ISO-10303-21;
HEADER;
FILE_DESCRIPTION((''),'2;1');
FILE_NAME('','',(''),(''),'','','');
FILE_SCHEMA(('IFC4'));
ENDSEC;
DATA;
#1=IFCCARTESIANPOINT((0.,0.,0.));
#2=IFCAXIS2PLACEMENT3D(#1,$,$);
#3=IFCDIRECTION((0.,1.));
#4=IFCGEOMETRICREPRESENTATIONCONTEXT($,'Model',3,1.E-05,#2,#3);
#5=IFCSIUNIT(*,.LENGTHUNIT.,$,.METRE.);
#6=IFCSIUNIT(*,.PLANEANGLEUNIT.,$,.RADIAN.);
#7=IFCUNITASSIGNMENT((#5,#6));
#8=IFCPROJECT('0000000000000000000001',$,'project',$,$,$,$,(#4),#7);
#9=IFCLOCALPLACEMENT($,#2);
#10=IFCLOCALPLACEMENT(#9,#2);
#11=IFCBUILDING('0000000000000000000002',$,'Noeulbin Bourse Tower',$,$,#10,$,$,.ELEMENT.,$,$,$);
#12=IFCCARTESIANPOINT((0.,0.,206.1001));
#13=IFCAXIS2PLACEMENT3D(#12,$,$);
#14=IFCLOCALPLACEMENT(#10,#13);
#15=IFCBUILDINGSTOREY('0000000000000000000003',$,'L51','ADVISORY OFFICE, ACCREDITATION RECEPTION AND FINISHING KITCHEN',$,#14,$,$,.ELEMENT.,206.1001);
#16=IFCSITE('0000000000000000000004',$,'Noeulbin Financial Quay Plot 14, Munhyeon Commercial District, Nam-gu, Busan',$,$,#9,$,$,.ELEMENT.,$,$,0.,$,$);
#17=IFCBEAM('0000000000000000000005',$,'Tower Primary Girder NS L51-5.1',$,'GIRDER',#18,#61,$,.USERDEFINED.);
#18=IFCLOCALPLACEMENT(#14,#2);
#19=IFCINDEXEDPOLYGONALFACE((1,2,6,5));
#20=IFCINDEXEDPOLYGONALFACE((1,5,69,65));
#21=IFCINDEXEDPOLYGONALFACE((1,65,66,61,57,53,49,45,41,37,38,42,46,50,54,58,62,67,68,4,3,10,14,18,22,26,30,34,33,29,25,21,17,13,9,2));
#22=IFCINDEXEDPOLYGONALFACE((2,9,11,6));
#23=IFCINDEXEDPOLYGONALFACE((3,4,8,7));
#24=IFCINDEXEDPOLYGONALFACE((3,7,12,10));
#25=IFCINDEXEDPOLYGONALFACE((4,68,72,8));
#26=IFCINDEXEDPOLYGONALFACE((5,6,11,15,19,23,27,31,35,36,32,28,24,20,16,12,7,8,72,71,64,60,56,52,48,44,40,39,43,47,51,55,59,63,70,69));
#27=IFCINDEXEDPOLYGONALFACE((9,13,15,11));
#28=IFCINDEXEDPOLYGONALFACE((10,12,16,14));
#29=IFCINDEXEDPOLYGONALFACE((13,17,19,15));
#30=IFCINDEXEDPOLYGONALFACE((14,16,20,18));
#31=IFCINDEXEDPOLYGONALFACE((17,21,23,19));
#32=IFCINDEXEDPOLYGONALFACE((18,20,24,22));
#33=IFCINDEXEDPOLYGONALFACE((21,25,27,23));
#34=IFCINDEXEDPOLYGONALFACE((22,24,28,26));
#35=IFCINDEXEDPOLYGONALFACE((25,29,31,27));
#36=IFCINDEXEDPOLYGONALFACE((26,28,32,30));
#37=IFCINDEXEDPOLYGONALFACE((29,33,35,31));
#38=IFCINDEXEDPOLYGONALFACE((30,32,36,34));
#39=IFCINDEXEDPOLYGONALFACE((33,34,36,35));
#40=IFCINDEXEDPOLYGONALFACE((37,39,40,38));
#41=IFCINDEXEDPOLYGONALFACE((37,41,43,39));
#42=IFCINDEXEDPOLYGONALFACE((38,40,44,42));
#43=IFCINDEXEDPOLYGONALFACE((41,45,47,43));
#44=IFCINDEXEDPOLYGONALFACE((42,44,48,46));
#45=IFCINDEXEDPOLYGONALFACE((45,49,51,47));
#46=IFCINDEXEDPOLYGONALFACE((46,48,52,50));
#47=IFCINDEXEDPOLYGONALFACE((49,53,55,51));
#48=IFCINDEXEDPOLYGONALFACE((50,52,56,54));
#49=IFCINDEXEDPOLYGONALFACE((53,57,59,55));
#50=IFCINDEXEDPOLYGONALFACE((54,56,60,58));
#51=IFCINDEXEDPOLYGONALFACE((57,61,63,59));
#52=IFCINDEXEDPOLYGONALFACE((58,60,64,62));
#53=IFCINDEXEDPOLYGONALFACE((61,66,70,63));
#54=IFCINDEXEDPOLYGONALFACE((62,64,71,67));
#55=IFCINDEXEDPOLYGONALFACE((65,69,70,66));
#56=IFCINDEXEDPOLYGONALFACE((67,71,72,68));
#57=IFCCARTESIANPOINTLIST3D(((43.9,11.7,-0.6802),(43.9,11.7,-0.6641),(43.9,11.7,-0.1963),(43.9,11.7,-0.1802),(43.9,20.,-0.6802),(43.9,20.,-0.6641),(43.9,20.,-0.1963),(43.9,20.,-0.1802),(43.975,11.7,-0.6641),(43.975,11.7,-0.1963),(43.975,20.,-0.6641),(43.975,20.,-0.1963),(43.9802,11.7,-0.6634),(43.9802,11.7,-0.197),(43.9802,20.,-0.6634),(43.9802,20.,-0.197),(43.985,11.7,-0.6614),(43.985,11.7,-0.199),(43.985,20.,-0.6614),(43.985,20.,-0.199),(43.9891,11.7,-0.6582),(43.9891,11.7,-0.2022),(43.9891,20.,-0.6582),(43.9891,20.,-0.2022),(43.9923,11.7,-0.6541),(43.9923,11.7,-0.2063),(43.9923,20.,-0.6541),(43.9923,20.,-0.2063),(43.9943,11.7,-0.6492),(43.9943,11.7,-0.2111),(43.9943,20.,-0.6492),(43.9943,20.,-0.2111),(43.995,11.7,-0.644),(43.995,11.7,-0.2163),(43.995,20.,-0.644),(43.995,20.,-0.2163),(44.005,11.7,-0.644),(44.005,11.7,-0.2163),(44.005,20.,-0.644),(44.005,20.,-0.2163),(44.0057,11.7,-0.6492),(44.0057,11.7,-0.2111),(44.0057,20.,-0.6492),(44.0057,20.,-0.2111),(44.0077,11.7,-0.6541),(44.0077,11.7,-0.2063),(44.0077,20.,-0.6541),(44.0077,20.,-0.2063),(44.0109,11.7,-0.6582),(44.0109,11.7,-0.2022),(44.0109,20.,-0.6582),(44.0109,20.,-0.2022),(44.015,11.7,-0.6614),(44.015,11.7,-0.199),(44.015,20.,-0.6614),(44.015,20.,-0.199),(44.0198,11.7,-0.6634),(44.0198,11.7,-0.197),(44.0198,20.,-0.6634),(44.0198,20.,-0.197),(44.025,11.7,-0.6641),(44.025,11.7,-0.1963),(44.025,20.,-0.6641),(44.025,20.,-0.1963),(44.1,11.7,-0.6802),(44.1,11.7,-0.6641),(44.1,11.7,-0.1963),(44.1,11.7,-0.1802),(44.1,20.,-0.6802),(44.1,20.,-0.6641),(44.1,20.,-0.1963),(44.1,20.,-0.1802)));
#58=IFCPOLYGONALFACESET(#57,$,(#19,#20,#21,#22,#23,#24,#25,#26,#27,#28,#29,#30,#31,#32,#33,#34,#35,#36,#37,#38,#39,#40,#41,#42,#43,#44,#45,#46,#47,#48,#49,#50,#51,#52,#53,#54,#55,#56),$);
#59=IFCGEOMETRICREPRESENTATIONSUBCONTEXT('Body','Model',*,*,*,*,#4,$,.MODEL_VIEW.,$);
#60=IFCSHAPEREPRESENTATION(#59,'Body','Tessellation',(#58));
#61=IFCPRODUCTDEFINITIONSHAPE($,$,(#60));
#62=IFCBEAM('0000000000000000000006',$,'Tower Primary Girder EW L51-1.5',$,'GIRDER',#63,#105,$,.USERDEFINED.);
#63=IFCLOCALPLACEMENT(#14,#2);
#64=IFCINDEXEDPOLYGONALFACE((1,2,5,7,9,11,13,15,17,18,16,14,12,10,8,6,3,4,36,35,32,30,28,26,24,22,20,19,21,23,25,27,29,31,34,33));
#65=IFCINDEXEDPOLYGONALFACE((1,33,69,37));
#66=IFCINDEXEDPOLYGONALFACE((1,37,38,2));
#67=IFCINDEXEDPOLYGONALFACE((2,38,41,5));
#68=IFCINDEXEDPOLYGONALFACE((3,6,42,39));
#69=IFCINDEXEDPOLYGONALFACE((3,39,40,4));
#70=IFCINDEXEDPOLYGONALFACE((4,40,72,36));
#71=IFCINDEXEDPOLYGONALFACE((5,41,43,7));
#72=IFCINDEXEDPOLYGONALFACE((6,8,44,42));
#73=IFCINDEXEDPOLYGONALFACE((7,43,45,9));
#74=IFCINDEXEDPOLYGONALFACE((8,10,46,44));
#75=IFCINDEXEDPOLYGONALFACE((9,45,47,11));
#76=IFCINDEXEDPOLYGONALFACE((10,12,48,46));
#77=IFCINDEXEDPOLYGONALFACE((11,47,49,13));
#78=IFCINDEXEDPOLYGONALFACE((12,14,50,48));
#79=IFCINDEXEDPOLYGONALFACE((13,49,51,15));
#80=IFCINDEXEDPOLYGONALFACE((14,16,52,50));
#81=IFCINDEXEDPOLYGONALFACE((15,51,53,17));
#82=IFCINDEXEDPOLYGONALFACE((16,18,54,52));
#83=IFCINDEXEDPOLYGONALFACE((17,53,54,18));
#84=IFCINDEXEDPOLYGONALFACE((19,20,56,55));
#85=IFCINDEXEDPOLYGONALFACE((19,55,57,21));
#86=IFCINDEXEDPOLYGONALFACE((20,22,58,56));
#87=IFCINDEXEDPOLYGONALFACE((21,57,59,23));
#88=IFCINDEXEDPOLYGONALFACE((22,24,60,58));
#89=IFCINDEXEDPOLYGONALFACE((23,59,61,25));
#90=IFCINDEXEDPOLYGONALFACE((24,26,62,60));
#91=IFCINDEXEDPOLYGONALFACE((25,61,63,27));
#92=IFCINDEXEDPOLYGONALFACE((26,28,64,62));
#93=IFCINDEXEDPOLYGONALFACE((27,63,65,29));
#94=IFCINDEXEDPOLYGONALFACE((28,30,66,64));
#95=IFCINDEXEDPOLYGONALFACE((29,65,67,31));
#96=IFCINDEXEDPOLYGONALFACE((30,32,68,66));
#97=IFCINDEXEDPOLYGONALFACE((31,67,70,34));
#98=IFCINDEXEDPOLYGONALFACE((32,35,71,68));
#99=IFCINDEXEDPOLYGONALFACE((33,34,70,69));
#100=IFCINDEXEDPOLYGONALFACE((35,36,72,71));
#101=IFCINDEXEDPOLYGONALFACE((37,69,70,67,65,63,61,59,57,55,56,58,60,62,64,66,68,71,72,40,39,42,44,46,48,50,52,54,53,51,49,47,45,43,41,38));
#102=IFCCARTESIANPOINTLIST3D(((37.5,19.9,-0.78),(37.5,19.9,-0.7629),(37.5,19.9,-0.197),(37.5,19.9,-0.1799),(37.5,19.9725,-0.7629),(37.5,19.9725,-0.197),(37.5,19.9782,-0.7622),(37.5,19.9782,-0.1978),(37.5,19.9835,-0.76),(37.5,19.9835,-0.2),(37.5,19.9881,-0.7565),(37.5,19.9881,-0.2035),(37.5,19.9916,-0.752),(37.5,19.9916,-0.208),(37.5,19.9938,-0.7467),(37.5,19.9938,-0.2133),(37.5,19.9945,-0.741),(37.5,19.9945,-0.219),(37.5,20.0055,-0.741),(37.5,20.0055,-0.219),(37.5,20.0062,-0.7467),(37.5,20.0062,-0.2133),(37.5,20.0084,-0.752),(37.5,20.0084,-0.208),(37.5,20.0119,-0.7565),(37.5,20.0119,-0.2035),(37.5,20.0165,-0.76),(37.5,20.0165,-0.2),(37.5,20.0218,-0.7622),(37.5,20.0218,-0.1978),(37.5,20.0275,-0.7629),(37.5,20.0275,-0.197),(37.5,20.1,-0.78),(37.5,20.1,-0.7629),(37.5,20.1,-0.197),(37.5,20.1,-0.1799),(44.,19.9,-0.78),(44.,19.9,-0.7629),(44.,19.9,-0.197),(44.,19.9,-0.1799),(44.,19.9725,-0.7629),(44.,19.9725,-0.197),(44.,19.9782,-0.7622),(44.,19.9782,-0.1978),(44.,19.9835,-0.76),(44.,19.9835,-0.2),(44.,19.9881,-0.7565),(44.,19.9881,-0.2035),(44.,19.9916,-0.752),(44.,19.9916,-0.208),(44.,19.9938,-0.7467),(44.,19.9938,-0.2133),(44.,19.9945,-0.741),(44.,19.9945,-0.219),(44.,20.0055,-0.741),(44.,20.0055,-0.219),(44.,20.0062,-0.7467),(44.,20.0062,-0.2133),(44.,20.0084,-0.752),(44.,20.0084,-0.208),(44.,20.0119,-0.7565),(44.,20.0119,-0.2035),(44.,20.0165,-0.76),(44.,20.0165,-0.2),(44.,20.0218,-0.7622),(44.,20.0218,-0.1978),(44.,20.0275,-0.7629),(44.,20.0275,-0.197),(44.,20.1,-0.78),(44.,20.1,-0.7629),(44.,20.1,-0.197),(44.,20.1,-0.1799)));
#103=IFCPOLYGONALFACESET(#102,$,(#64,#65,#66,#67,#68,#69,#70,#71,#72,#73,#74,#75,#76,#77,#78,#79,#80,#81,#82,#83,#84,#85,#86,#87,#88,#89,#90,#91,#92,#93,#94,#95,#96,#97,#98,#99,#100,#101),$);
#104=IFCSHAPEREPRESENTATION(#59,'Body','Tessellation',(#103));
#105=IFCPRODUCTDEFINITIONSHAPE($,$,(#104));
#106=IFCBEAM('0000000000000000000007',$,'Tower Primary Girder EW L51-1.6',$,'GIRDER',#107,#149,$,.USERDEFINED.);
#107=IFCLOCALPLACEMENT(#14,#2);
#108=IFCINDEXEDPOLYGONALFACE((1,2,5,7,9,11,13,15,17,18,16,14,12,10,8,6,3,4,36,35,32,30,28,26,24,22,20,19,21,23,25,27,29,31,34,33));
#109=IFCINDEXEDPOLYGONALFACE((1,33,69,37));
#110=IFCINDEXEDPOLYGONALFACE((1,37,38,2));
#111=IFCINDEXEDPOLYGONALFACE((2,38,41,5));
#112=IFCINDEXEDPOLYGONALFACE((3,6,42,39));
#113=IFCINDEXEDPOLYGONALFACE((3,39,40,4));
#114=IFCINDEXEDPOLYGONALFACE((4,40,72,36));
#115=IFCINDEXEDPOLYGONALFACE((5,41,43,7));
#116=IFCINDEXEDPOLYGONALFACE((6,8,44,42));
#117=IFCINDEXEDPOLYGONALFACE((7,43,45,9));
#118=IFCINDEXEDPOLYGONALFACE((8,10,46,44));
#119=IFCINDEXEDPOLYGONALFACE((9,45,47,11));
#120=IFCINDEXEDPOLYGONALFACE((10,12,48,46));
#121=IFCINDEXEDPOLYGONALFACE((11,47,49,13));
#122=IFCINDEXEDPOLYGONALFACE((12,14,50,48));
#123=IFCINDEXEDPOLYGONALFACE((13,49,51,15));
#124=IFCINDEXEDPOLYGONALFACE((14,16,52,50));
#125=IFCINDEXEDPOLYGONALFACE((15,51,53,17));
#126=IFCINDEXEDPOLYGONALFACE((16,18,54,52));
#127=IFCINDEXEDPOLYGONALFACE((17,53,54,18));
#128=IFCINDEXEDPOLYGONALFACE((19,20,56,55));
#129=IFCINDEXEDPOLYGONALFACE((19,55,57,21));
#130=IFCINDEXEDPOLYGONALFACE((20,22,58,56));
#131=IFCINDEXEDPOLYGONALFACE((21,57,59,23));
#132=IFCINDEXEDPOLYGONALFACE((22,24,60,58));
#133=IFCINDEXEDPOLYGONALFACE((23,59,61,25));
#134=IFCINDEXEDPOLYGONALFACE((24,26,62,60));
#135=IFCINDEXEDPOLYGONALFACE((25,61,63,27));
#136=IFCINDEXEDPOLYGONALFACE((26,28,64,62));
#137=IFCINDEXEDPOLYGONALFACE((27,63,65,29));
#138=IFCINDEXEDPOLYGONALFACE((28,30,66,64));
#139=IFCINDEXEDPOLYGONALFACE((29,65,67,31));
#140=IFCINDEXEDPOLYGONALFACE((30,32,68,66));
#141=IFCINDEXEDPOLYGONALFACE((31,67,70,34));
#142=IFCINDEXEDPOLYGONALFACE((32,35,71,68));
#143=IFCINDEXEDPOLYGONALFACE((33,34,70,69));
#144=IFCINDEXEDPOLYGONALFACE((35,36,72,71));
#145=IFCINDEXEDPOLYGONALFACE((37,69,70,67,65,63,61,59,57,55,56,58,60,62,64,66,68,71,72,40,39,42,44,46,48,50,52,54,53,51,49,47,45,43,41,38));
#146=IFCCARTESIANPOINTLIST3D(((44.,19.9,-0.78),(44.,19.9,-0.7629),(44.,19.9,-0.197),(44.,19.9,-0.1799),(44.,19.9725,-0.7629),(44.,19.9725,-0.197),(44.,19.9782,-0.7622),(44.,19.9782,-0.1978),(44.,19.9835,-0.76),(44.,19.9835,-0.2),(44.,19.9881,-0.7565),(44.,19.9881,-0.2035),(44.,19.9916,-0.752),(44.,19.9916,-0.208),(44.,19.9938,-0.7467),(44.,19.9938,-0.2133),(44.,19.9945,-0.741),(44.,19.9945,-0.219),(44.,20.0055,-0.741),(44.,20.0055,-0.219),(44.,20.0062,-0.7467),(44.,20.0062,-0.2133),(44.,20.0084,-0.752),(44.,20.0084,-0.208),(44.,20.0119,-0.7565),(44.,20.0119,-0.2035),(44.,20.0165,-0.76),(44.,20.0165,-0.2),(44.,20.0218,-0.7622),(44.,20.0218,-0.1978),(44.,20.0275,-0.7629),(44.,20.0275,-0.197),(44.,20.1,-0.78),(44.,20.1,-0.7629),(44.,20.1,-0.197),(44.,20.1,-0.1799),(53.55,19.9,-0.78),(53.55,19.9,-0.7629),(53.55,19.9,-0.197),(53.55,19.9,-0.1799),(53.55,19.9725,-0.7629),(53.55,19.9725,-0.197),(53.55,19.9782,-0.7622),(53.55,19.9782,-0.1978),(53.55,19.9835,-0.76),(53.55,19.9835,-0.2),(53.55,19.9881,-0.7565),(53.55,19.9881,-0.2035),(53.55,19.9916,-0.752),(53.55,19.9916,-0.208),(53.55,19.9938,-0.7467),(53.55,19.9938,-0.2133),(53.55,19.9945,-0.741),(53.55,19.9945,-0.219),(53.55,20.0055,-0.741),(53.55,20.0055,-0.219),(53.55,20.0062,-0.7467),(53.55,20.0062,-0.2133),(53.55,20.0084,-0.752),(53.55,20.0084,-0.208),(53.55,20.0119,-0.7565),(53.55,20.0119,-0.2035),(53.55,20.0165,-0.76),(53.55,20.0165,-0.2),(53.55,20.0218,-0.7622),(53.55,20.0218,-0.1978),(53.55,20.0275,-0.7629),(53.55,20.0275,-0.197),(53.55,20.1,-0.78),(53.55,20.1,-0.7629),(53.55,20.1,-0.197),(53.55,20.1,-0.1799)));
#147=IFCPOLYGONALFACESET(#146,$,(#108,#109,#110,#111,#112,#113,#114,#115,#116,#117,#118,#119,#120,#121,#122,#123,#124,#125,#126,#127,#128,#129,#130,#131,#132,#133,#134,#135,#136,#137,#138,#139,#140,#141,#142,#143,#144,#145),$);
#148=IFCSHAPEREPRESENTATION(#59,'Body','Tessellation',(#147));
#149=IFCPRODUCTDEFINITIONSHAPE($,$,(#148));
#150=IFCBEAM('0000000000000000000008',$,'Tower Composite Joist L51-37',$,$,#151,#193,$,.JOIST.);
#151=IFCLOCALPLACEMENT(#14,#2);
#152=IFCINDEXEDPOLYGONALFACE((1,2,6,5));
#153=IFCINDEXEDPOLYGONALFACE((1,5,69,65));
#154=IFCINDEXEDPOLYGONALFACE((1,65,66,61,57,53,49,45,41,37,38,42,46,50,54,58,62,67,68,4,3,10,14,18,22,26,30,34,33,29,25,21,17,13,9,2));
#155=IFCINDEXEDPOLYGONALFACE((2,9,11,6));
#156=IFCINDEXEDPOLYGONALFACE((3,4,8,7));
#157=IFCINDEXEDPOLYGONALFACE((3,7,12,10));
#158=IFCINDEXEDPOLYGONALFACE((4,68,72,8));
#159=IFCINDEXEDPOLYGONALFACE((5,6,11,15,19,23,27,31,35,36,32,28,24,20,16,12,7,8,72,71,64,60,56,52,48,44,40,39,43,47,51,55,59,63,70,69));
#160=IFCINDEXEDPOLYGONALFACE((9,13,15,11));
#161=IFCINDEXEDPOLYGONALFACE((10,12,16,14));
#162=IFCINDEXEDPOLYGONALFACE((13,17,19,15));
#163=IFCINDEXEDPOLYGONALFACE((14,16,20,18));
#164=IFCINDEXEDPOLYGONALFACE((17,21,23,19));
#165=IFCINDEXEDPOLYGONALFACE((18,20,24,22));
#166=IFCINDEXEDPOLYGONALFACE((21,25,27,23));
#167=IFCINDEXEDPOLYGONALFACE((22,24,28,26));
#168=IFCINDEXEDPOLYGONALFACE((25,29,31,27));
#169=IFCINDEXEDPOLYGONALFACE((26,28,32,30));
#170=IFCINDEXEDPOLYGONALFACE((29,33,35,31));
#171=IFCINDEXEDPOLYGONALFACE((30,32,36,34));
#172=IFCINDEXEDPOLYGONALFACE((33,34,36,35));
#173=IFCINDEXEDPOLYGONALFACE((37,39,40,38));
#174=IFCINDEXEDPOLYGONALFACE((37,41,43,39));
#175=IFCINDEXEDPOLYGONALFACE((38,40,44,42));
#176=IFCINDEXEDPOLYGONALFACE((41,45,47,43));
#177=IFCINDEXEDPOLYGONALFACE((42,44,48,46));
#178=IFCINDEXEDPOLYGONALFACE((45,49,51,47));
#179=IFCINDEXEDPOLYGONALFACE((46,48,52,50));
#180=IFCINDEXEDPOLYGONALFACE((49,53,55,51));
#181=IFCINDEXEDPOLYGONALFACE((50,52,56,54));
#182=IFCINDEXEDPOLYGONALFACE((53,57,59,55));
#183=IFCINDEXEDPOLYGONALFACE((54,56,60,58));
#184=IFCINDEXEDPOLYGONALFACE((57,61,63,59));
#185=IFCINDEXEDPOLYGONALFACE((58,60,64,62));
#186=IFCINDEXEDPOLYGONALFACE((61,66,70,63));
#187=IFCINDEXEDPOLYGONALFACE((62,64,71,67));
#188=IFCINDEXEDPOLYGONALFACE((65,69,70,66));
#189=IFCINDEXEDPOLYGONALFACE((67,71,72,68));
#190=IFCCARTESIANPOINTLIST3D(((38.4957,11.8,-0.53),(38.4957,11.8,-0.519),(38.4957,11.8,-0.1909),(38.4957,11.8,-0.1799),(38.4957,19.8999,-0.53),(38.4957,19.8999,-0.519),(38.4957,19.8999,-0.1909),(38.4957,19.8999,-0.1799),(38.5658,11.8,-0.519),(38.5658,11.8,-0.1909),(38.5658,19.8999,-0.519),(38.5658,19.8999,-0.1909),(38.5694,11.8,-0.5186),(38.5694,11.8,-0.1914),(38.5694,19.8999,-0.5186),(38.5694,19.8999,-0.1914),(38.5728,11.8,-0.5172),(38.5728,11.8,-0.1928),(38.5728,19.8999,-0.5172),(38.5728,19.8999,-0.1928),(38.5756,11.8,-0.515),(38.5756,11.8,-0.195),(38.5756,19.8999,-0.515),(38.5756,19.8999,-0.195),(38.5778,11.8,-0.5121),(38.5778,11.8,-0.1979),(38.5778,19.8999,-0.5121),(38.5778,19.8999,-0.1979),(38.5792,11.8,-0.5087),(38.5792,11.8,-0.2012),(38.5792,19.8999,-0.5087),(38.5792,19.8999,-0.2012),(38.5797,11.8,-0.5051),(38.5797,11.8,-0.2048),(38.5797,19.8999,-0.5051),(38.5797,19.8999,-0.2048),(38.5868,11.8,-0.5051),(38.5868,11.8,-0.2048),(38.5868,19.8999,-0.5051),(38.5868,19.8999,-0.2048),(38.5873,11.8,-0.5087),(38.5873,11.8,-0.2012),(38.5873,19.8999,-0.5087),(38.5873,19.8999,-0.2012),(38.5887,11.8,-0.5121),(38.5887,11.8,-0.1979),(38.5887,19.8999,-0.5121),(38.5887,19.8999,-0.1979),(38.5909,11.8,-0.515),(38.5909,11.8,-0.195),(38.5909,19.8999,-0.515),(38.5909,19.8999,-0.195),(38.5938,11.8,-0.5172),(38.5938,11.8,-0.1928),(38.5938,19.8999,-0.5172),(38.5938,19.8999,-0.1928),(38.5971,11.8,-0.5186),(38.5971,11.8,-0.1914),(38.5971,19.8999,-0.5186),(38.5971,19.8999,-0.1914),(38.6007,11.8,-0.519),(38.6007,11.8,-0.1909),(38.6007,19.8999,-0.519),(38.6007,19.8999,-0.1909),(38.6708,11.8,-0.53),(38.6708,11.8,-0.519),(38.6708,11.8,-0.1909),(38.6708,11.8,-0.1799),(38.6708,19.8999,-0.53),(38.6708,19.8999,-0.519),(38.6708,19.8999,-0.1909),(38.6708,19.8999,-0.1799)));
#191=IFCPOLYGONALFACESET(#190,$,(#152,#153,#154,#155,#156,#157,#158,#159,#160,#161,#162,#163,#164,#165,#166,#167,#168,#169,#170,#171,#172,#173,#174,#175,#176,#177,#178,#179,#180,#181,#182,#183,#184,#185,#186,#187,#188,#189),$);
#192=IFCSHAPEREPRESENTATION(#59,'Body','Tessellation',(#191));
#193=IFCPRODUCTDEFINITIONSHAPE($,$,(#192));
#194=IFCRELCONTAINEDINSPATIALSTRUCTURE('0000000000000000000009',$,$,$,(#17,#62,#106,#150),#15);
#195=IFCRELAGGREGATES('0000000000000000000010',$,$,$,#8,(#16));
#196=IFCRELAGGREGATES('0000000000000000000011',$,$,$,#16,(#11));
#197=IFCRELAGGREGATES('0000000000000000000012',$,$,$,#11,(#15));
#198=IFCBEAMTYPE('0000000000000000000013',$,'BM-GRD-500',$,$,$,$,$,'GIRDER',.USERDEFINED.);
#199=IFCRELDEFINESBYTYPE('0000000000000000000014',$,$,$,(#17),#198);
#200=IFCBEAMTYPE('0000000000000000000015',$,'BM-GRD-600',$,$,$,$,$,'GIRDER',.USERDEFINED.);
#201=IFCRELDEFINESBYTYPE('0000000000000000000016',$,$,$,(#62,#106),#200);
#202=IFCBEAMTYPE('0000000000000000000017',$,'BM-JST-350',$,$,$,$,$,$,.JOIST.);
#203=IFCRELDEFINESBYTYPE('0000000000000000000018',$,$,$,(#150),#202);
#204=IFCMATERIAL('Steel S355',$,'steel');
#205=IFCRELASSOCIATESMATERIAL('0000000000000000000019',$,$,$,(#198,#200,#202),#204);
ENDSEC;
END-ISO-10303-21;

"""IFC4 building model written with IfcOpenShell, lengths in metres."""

from ifc_helpers import new_model, si_unit, direction, frame, origin, origin_2d, place, context, subcontext, project, spatial, i_section, extrude, material, material_profile, profile_set, type_object, element, save


model = new_model("IFC4")

# Units and contexts
model_context = context("Model", 3, precision=1e-05, world=origin(), true_north=direction((0.0, 1.0)))
body_context = subcontext(model_context, "Body", "Model", "MODEL_VIEW")
ifc_project = project(units=[si_unit("LENGTHUNIT", "METRE"), si_unit("PLANEANGLEUNIT", "RADIAN")], contexts=[model_context])

# Site, building, storey
site_placement = place(None, origin())
site = spatial("IfcSite", under=ifc_project, at=site_placement, Name="Noeulbin Financial Quay Plot 14, Munhyeon Commercial District, Nam-gu, Busan", CompositionType="ELEMENT", RefElevation=0.0)
building_placement = place(site_placement, origin())
building = spatial("IfcBuilding", under=site, at=building_placement, Name="Noeulbin Bourse Tower", CompositionType="ELEMENT")
storey_placement = place(building_placement, frame((0.0, 0.0, 206.1001)))
storey = spatial("IfcBuildingStorey", under=building, at=storey_placement, Name="L51", Description="ADVISORY OFFICE, ACCREDITATION RECEPTION AND FINISHING KITCHEN", CompositionType="ELEMENT", Elevation=206.1001)

# Shared definitions
ifc_material_1 = material(Name="Steel S355", Category="steel")

# Beams
ifc_material_profile_1 = material_profile(ifc_material_1, i_section(OverallWidth=0.2, OverallDepth=0.5, WebThickness=0.01, FlangeThickness=0.0161, FilletRadius=0.02, at=origin_2d()), Name="H-500x200x10x16", Category="LoadBearing")
ifc_profile_set_1 = profile_set([ifc_material_profile_1], Name="Steel S355")
beam_type_1 = type_object("IfcBeamType", Name="BM-GRD-500", ElementType="GIRDER", PredefinedType="USERDEFINED", material=ifc_profile_set_1)
beam_1_placement = place(storey_placement, frame((44.0, 11.7, -0.4302), z_axis=(0.0, 1.0, 0.0), x_axis=(-1.0, 0.0, 0.0)))
element("IfcBeam", 1, at=beam_1_placement, inside=storey, type_object=beam_type_1, Name="Tower Primary Girder NS L51-5.1", ObjectType="GIRDER", PredefinedType="USERDEFINED", context=body_context, shape_type="SweptSolid", body=[
    extrude(i_section(OverallWidth=0.2, OverallDepth=0.5, WebThickness=0.01, FlangeThickness=0.0161, FilletRadius=0.02, at=origin_2d()), origin(), (0.0, 0.0, 1.0), 8.3),
])
ifc_material_profile_2 = material_profile(ifc_material_1, i_section(OverallWidth=0.2, OverallDepth=0.6001, WebThickness=0.011, FlangeThickness=0.0171, FilletRadius=0.022, at=origin_2d()), Name="H-600x200x11x17", Category="LoadBearing")
ifc_profile_set_2 = profile_set([ifc_material_profile_2], Name="Steel S355")
beam_type_2 = type_object("IfcBeamType", Name="BM-GRD-600", ElementType="GIRDER", PredefinedType="USERDEFINED", material=ifc_profile_set_2)
beam_2_placement = place(storey_placement, frame((37.5, 20.0, -0.48), z_axis=(1.0, 0.0, 0.0), x_axis=(0.0, 1.0, 0.0)))
element("IfcBeam", 2, at=beam_2_placement, inside=storey, type_object=beam_type_2, Name="Tower Primary Girder EW L51-1.5", ObjectType="GIRDER", PredefinedType="USERDEFINED", context=body_context, shape_type="SweptSolid", body=[
    extrude(i_section(OverallWidth=0.2, OverallDepth=0.6001, WebThickness=0.011, FlangeThickness=0.0171, FilletRadius=0.022, at=origin_2d()), origin(), (0.0, 0.0, 1.0), 6.5),
])
beam_3_placement = place(storey_placement, frame((44.0, 20.0, -0.48), z_axis=(1.0, 0.0, 0.0), x_axis=(0.0, 1.0, 0.0)))
element("IfcBeam", 3, at=beam_3_placement, inside=storey, type_object=beam_type_2, Name="Tower Primary Girder EW L51-1.6", ObjectType="GIRDER", PredefinedType="USERDEFINED", context=body_context, shape_type="SweptSolid", body=[
    extrude(i_section(OverallWidth=0.2, OverallDepth=0.6001, WebThickness=0.011, FlangeThickness=0.0171, FilletRadius=0.022, at=origin_2d()), origin(), (0.0, 0.0, 1.0), 9.55),
])
ifc_material_profile_3 = material_profile(ifc_material_1, i_section(OverallWidth=0.175, OverallDepth=0.3501, WebThickness=0.0071, FlangeThickness=0.011, FilletRadius=0.0139, at=origin_2d()), Name="H-350x175x7x11", Category="LoadBearing")
ifc_profile_set_3 = profile_set([ifc_material_profile_3], Name="Steel S355")
beam_type_3 = type_object("IfcBeamType", Name="BM-JST-350", PredefinedType="JOIST", material=ifc_profile_set_3)
beam_4_placement = place(storey_placement, frame((38.5833, 11.8, -0.355), z_axis=(0.0, 1.0, 0.0), x_axis=(-1.0, 0.0, 0.0)))
element("IfcBeam", 4, at=beam_4_placement, inside=storey, type_object=beam_type_3, Name="Tower Composite Joist L51-37", PredefinedType="JOIST", context=body_context, shape_type="SweptSolid", body=[
    extrude(i_section(OverallWidth=0.175, OverallDepth=0.3501, WebThickness=0.0071, FlangeThickness=0.011, FilletRadius=0.0139, at=origin_2d()), origin(), (0.0, 0.0, 1.0), 8.0999),
])

save(model, "model.ifc")
